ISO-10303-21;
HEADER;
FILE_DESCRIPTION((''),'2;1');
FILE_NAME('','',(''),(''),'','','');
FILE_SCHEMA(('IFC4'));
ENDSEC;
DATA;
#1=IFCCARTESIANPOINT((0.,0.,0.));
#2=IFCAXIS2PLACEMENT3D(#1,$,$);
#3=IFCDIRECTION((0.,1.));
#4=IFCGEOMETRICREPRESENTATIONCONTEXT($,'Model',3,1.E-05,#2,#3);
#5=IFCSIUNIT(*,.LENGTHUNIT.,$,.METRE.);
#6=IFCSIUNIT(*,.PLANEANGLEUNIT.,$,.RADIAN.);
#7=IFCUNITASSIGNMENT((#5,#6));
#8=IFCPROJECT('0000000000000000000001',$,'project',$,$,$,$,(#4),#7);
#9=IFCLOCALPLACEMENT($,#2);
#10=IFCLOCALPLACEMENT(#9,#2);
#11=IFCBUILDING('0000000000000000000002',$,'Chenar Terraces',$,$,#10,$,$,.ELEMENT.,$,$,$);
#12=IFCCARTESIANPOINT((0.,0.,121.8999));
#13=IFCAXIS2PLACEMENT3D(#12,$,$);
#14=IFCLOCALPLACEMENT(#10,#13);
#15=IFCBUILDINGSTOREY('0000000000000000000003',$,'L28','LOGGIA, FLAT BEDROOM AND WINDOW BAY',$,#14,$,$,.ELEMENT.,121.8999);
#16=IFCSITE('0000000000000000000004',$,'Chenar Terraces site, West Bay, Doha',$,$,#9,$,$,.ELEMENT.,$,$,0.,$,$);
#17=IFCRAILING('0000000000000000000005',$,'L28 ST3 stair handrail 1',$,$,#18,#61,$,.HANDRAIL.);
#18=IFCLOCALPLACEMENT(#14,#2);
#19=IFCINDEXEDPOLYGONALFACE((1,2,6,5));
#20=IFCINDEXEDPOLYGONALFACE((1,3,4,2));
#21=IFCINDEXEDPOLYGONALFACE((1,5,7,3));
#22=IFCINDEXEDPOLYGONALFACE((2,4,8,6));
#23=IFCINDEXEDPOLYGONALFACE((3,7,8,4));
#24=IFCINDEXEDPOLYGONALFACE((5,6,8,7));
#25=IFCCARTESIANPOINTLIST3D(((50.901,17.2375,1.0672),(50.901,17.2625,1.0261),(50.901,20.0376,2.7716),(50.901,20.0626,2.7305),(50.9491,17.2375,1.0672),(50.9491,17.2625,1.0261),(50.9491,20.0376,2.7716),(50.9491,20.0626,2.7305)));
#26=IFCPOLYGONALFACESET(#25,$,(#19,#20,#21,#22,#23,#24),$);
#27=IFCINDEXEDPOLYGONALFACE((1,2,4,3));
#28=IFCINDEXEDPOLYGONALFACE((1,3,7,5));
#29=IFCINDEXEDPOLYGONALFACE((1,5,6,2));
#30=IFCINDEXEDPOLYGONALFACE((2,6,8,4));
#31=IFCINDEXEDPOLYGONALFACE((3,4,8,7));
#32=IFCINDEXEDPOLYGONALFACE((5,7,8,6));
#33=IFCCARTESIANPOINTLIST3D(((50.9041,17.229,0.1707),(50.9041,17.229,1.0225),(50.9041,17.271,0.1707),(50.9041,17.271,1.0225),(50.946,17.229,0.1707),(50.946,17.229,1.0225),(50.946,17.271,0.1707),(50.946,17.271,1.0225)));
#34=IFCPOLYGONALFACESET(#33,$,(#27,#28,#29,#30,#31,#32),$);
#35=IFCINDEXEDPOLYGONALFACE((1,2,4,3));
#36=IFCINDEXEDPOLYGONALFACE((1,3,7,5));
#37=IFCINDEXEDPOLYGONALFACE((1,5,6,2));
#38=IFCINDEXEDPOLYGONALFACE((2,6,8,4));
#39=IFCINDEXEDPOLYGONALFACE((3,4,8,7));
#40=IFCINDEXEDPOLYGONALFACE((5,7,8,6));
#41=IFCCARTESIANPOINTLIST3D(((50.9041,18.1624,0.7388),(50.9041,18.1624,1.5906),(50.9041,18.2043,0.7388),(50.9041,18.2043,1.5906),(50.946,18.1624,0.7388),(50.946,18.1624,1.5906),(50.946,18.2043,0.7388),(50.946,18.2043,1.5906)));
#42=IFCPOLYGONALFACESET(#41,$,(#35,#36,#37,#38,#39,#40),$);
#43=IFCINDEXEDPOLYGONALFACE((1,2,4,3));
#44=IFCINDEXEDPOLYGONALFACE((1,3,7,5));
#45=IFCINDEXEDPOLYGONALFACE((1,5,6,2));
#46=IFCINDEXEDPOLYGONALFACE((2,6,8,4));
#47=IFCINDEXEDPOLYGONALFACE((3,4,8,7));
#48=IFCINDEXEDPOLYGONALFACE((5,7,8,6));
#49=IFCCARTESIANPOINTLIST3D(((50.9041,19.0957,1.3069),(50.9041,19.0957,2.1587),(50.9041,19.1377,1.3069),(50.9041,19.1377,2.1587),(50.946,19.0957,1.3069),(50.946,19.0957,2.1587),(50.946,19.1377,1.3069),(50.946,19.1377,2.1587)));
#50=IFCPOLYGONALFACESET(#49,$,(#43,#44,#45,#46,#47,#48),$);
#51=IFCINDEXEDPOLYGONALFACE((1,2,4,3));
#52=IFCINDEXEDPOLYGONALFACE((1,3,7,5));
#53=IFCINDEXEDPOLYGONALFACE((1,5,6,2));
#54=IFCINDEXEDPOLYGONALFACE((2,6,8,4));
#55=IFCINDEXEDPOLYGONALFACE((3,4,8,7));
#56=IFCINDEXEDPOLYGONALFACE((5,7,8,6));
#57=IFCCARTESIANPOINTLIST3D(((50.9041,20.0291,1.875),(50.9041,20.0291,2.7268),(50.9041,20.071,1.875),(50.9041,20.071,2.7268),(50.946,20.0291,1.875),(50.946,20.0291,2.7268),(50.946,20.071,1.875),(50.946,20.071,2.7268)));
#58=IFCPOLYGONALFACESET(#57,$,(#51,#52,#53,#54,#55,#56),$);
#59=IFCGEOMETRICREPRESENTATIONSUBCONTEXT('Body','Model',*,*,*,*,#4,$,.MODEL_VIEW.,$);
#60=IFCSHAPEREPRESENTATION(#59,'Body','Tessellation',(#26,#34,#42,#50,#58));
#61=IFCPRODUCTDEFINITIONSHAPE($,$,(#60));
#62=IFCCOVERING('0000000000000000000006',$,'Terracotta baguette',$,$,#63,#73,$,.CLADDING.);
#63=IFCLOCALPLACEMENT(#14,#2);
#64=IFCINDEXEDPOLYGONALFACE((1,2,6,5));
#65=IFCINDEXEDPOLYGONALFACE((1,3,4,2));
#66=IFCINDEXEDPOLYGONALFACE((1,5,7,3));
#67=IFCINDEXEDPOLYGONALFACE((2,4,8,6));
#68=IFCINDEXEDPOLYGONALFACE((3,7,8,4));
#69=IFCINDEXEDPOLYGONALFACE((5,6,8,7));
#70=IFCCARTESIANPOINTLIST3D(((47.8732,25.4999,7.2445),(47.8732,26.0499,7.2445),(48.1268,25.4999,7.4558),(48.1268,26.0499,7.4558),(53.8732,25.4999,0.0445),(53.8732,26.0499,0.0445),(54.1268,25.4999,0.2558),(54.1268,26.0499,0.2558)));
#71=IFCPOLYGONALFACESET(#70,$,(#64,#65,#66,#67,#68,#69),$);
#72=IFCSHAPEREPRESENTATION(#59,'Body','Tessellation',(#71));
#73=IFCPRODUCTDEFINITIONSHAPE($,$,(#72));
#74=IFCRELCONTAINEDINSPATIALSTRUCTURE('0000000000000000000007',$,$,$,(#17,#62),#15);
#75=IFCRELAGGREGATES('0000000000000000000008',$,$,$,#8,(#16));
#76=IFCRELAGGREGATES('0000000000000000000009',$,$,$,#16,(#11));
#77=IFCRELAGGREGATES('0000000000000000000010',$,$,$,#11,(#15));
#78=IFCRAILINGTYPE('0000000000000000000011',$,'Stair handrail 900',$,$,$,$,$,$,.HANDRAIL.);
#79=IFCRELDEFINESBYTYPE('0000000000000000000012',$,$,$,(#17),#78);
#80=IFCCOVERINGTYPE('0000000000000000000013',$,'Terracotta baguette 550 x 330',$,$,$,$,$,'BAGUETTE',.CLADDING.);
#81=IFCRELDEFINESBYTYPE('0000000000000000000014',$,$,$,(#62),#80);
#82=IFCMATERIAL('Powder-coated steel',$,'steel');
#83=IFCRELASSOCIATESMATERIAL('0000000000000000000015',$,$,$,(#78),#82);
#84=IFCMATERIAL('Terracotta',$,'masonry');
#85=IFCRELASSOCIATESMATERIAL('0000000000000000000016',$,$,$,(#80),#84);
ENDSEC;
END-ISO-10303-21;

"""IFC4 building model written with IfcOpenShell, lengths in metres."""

from ifc_helpers import new_model, si_unit, direction, frame, origin, origin_2d, place, context, subcontext, project, spatial, rectangle, extrude, material, material_profile, profile_set, type_object, element, save


model = new_model("IFC4")

# Units and contexts
model_context = context("Model", 3, precision=1e-05, world=origin(), true_north=direction((0.0, 1.0)))
body_context = subcontext(model_context, "Body", "Model", "MODEL_VIEW")
ifc_project = project(units=[si_unit("LENGTHUNIT", "METRE"), si_unit("PLANEANGLEUNIT", "RADIAN")], contexts=[model_context])

# Site, building, storey
site_placement = place(None, origin())
site = spatial("IfcSite", under=ifc_project, at=site_placement, Name="Chenar Terraces site, West Bay, Doha", CompositionType="ELEMENT", RefElevation=0.0)
building_placement = place(site_placement, origin())
building = spatial("IfcBuilding", under=site, at=building_placement, Name="Chenar Terraces", CompositionType="ELEMENT")
storey_placement = place(building_placement, frame((0.0, 0.0, 121.8999)))
storey = spatial("IfcBuildingStorey", under=building, at=storey_placement, Name="L28", Description="LOGGIA, FLAT BEDROOM AND WINDOW BAY", CompositionType="ELEMENT", Elevation=121.8999)

# Railing
ifc_material_1 = material(Name="Powder-coated steel", Category="steel")
railing_type_1 = type_object("IfcRailingType", Name="Stair handrail 900", PredefinedType="HANDRAIL", material=ifc_material_1)
railing_1_placement = place(storey_placement, frame((50.925, 17.25, 0.1707)))
element("IfcRailing", 1, at=railing_1_placement, inside=storey, type_object=railing_type_1, Name="L28 ST3 stair handrail 1", PredefinedType="HANDRAIL", context=body_context, shape_type="SweptSolid", body=[
    extrude(rectangle(XDim=0.0481, YDim=0.0481, at=origin_2d()), frame((0.0, 0.0, 0.876), z_axis=(0.0, 0.854203, 0.51994), x_axis=(-1.0, 0.0, 0.0)), (0.0, 0.0, 1.0), 3.2781),
    extrude(rectangle(XDim=0.042, YDim=0.042, at=origin_2d()), origin(), (0.0, 0.0, 1.0), 0.8518),
    extrude(rectangle(XDim=0.042, YDim=0.042, at=origin_2d()), frame((0.0, 0.9333, 0.5681)), (0.0, 0.0, 1.0), 0.8518),
    extrude(rectangle(XDim=0.042, YDim=0.042, at=origin_2d()), frame((0.0, 1.8667, 1.1362)), (0.0, 0.0, 1.0), 0.8518),
    extrude(rectangle(XDim=0.042, YDim=0.042, at=origin_2d()), frame((0.0, 2.8, 1.7043)), (0.0, 0.0, 1.0), 0.8518),
])

# Covering
ifc_material_2 = material(Name="Terracotta", Category="masonry")
ifc_material_profile_1 = material_profile(ifc_material_2, rectangle(XDim=0.55, YDim=0.3301, at=origin_2d()), Name="Terracotta baguette 550 x 330")
ifc_profile_set_1 = profile_set([ifc_material_profile_1], Name="Terracotta")
covering_type = type_object("IfcCoveringType", Name="Terracotta baguette 550 x 330", ElementType="BAGUETTE", PredefinedType="CLADDING", material=ifc_profile_set_1)
covering_placement = place(storey_placement, frame((54.0, 25.7749, 0.1501), z_axis=(-0.640187, 0.0, 0.768219), x_axis=(0.0, -1.0, 0.0)))
element("IfcCovering", 2, at=covering_placement, inside=storey, type_object=covering_type, Name="Terracotta baguette", PredefinedType="CLADDING", context=body_context, shape_type="SweptSolid", body=[
    extrude(rectangle(XDim=0.55, YDim=0.3301, at=origin_2d()), origin(), (0.0, 0.0, 1.0), 9.3723),
])

save(model, "model.ifc")
